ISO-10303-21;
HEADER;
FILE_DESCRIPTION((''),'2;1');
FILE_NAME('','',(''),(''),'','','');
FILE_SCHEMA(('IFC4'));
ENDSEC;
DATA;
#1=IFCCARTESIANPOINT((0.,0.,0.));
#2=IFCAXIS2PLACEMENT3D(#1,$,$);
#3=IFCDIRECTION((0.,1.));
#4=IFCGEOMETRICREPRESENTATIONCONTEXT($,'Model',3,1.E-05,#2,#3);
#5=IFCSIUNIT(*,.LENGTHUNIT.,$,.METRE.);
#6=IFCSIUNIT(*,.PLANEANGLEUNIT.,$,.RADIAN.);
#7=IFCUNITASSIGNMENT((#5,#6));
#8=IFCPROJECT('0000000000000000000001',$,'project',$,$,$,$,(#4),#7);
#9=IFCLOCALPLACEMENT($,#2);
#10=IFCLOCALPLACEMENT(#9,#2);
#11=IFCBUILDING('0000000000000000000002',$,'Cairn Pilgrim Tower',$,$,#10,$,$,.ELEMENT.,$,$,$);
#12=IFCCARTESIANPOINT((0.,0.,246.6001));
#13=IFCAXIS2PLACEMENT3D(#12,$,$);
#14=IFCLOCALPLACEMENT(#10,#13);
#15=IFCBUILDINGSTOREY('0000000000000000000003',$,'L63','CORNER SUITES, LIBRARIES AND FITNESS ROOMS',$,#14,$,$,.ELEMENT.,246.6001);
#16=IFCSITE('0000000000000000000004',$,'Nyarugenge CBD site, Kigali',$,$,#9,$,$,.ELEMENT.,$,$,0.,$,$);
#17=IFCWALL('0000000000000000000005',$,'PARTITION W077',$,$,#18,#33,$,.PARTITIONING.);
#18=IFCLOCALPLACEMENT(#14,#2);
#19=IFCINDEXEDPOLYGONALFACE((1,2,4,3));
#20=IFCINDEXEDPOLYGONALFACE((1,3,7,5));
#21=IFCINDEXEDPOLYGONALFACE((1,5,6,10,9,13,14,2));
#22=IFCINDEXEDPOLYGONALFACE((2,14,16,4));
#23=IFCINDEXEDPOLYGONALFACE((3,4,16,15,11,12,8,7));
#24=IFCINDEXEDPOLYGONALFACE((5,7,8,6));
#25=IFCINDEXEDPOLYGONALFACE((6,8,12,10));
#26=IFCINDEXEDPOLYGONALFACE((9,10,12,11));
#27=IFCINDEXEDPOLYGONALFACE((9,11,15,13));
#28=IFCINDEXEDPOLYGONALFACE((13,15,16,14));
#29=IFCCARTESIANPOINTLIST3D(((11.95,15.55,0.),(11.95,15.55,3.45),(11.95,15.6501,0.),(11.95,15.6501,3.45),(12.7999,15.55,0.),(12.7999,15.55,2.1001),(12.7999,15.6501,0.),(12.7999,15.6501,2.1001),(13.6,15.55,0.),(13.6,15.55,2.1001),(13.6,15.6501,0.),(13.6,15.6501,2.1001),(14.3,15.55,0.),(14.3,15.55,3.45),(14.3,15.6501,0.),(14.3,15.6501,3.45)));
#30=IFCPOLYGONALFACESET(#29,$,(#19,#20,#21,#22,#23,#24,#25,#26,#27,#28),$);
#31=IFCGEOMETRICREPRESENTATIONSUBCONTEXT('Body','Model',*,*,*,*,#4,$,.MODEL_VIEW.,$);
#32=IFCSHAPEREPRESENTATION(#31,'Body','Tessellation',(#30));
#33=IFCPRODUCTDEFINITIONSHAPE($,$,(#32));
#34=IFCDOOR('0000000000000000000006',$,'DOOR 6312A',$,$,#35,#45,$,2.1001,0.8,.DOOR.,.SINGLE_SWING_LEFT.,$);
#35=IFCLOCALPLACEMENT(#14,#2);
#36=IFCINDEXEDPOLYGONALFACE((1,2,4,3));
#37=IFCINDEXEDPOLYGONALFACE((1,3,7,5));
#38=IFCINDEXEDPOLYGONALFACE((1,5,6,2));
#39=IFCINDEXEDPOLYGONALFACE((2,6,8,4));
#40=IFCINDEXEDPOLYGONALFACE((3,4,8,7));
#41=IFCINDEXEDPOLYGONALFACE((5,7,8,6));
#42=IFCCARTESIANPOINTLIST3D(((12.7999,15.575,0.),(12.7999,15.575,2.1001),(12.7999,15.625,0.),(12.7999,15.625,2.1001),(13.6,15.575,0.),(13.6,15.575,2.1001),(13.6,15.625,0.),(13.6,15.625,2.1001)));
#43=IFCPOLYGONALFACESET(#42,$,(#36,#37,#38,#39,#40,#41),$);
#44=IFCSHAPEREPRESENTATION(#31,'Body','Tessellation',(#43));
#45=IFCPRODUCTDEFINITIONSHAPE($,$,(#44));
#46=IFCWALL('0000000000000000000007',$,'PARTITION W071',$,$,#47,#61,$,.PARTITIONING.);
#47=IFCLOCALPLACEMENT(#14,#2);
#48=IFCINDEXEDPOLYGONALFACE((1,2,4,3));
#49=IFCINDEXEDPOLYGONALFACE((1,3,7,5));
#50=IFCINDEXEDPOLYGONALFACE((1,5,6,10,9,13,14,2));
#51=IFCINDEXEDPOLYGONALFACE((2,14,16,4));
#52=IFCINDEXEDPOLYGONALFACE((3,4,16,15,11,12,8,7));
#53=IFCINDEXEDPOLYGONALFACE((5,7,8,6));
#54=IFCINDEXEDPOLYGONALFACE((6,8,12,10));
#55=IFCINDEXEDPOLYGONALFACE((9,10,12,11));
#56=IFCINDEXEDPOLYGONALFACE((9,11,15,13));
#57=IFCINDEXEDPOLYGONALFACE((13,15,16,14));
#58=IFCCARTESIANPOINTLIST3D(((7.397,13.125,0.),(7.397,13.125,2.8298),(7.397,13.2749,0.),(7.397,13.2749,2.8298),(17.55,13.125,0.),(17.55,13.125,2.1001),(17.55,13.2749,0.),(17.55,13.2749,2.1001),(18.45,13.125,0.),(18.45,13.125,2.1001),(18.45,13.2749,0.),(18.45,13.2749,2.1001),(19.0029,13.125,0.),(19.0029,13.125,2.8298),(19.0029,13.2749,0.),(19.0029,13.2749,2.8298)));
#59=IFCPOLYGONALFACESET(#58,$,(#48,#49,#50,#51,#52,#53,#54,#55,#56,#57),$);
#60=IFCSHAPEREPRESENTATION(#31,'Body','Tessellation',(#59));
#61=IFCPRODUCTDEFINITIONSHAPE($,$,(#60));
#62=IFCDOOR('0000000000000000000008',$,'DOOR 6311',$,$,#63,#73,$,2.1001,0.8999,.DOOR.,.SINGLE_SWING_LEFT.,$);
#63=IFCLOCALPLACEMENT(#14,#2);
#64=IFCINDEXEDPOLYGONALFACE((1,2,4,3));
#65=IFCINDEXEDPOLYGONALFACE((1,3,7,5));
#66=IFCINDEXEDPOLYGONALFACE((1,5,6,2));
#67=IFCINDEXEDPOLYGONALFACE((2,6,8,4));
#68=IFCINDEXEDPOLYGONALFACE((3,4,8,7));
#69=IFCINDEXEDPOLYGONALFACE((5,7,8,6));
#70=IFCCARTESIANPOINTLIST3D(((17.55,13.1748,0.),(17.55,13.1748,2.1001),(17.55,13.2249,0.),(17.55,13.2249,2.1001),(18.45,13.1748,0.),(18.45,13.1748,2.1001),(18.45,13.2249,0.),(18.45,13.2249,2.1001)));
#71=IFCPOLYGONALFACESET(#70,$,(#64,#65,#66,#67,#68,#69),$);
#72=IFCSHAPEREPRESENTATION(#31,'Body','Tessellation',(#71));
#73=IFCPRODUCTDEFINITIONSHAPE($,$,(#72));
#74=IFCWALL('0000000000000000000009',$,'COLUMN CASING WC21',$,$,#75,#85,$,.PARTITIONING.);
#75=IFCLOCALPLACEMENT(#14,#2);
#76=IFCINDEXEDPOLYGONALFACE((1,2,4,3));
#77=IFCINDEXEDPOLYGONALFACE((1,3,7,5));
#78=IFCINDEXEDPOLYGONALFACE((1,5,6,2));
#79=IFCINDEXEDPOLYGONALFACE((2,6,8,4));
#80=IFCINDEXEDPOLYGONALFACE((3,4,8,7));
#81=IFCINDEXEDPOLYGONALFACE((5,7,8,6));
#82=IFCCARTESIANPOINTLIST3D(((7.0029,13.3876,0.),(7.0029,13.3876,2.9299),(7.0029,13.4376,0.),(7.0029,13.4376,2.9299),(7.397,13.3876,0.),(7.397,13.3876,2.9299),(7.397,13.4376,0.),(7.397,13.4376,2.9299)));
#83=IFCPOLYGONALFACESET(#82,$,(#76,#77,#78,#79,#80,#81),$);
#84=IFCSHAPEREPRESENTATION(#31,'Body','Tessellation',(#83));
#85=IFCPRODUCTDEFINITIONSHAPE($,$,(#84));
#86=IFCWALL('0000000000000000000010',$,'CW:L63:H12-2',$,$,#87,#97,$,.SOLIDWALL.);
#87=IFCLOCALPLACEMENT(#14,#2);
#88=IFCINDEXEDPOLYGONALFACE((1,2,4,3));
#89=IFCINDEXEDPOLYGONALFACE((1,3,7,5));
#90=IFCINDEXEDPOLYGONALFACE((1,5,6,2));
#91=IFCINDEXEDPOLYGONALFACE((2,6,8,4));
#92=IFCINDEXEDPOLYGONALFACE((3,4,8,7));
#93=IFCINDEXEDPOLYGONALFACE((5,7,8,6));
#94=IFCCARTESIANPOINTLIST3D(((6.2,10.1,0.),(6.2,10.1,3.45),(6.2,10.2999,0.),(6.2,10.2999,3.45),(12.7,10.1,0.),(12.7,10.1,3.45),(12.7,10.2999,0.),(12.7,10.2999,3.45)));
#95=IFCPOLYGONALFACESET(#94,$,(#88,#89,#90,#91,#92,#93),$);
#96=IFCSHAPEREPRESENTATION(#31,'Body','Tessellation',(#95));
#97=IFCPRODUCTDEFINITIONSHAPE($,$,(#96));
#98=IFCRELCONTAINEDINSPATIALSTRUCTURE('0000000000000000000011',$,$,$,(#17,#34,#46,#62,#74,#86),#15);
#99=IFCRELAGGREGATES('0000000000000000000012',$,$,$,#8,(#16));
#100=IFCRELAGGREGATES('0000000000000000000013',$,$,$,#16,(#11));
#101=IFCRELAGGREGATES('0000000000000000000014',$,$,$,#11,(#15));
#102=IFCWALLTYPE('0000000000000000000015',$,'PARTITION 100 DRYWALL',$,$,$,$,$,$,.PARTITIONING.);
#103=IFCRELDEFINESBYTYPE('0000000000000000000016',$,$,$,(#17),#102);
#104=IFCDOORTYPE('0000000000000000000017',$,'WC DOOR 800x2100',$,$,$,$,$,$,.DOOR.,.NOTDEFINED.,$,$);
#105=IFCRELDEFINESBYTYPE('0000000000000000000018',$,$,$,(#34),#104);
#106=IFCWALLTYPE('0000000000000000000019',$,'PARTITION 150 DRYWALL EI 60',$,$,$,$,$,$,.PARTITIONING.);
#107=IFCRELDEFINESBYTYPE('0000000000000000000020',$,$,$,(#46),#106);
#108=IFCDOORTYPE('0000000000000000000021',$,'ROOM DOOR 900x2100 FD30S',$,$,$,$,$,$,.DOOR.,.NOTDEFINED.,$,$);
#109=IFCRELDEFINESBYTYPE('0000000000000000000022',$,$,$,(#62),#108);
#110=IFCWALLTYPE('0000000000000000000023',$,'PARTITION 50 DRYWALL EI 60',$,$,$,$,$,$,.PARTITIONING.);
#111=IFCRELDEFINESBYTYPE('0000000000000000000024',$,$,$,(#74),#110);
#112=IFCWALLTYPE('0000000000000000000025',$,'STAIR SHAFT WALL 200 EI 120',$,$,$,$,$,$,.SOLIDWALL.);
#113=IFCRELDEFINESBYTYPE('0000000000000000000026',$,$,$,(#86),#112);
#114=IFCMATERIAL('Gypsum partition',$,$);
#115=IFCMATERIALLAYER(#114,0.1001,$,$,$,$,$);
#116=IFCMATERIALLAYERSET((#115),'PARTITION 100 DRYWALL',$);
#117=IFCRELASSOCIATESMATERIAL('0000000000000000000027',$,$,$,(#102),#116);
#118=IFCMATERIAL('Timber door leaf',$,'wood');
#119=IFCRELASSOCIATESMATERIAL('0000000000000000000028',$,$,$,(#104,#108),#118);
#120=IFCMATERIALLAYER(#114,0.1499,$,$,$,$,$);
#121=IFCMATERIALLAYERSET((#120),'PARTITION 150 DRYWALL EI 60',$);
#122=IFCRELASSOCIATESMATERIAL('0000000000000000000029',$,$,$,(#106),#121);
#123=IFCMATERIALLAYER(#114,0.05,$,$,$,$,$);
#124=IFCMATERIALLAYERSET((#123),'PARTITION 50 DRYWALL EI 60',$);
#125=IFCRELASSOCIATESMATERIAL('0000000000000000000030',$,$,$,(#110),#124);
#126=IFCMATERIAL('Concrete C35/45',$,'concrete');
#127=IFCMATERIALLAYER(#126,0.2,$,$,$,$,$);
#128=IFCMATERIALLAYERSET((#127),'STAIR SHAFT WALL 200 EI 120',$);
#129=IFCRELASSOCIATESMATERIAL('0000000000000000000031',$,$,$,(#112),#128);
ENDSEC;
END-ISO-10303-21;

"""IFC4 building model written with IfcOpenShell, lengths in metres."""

from ifc_helpers import new_model, si_unit, direction, frame, frame_2d, origin, place, context, subcontext, project, spatial, rectangle, extrude, material, layer, layer_set, type_object, element, fill, save


model = new_model("IFC4")

# Units and contexts
model_context = context("Model", 3, precision=1e-05, world=origin(), true_north=direction((0.0, 1.0)))
body_context = subcontext(model_context, "Body", "Model", "MODEL_VIEW")
ifc_project = project(units=[si_unit("LENGTHUNIT", "METRE"), si_unit("PLANEANGLEUNIT", "RADIAN")], contexts=[model_context])

# Site, building, storey
site_placement = place(None, origin())
site = spatial("IfcSite", under=ifc_project, at=site_placement, Name="Nyarugenge CBD site, Kigali", CompositionType="ELEMENT", RefElevation=0.0)
building_placement = place(site_placement, origin())
building = spatial("IfcBuilding", under=site, at=building_placement, Name="Cairn Pilgrim Tower", CompositionType="ELEMENT")
storey_placement = place(building_placement, frame((0.0, 0.0, 246.6001)))
storey = spatial("IfcBuildingStorey", under=building, at=storey_placement, Name="L63", Description="CORNER SUITES, LIBRARIES AND FITNESS ROOMS", CompositionType="ELEMENT", Elevation=246.6001)

# Walls, openings, doors
ifc_material_1 = material(Name="Gypsum partition")
ifc_layer_1 = layer(ifc_material_1, 0.1001)
ifc_layer_set_1 = layer_set([ifc_layer_1], Name="PARTITION 100 DRYWALL")
wall_type_1 = type_object("IfcWallType", Name="PARTITION 100 DRYWALL", PredefinedType="PARTITIONING", material=ifc_layer_set_1)
wall_1_placement = place(storey_placement, frame((11.95, 15.6001, 0.0), z_axis=(0.0, 0.0, 1.0), x_axis=(1.0, 0.0, 0.0)))
wall_1 = element("IfcWall", 1, at=wall_1_placement, inside=storey, type_object=wall_type_1, Name="PARTITION W077", PredefinedType="PARTITIONING", context=body_context, shape_type="SweptSolid", body=[
    extrude(rectangle(XDim=2.3501, YDim=0.1001, at=frame_2d((1.175, 0.0))), origin(), (0.0, 0.0, 1.0), 3.45),
])
opening_1_placement = place(wall_1_placement, frame((0.8501, 0.0, 0.0)))
opening_1 = element("IfcOpeningElement", 2, at=opening_1_placement, cuts=wall_1, PredefinedType="OPENING", context=body_context, shape_type="SweptSolid", body=[
    extrude(rectangle(XDim=0.8, YDim=2.1001, at=frame_2d((0.3999, 1.05))), frame((0.0, 0.0601, 0.0), z_axis=(0.0, -1.0, 0.0), x_axis=(1.0, 0.0, 0.0)), (0.0, 0.0, 1.0), 0.1201),
])
ifc_material_2 = material(Name="Timber door leaf", Category="wood")
door_type_1 = type_object("IfcDoorType", Name="WC DOOR 800x2100", OperationType="NOTDEFINED", PredefinedType="DOOR", material=ifc_material_2)
door_1_placement = place(opening_1_placement, origin())
door_1 = element("IfcDoor", 3, at=door_1_placement, inside=storey, type_object=door_type_1, Name="DOOR 6312A", OperationType="SINGLE_SWING_LEFT", OverallHeight=2.1001, OverallWidth=0.8, PredefinedType="DOOR", context=body_context, shape_type="SweptSolid", body=[
    extrude(rectangle(XDim=0.8, YDim=2.1001, at=frame_2d((0.3999, 1.05))), frame((0.0, 0.0249, 0.0), z_axis=(0.0, -1.0, 0.0), x_axis=(1.0, 0.0, 0.0)), (0.0, 0.0, 1.0), 0.05),
])
fill(opening_1, door_1)
ifc_layer_2 = layer(ifc_material_1, 0.1499)
ifc_layer_set_2 = layer_set([ifc_layer_2], Name="PARTITION 150 DRYWALL EI 60")
wall_type_2 = type_object("IfcWallType", Name="PARTITION 150 DRYWALL EI 60", PredefinedType="PARTITIONING", material=ifc_layer_set_2)
wall_2_placement = place(storey_placement, frame((7.397, 13.2, 0.0), z_axis=(0.0, 0.0, 1.0), x_axis=(1.0, 0.0, 0.0)))
wall_2 = element("IfcWall", 4, at=wall_2_placement, inside=storey, type_object=wall_type_2, Name="PARTITION W071", PredefinedType="PARTITIONING", context=body_context, shape_type="SweptSolid", body=[
    extrude(rectangle(XDim=11.606, YDim=0.1499, at=frame_2d((5.803, 0.0))), origin(), (0.0, 0.0, 1.0), 2.8298),
])
opening_2_placement = place(wall_2_placement, frame((10.1531, 0.0, 0.0)))
opening_2 = element("IfcOpeningElement", 5, at=opening_2_placement, cuts=wall_2, PredefinedType="OPENING", context=body_context, shape_type="SweptSolid", body=[
    extrude(rectangle(XDim=0.8999, YDim=2.1001, at=frame_2d((0.45, 1.05))), frame((0.0, 0.085, 0.0), z_axis=(0.0, -1.0, 0.0), x_axis=(1.0, 0.0, 0.0)), (0.0, 0.0, 1.0), 0.1699),
])
door_type_2 = type_object("IfcDoorType", Name="ROOM DOOR 900x2100 FD30S", OperationType="NOTDEFINED", PredefinedType="DOOR", material=ifc_material_2)
door_2_placement = place(opening_2_placement, origin())
door_2 = element("IfcDoor", 6, at=door_2_placement, inside=storey, type_object=door_type_2, Name="DOOR 6311", OperationType="SINGLE_SWING_LEFT", OverallHeight=2.1001, OverallWidth=0.8999, PredefinedType="DOOR", context=body_context, shape_type="SweptSolid", body=[
    extrude(rectangle(XDim=0.8999, YDim=2.1001, at=frame_2d((0.45, 1.05))), frame((0.0, 0.0249, 0.0), z_axis=(0.0, -1.0, 0.0), x_axis=(1.0, 0.0, 0.0)), (0.0, 0.0, 1.0), 0.05),
])
fill(opening_2, door_2)

# Walls
ifc_layer_3 = layer(ifc_material_1, 0.05)
ifc_layer_set_3 = layer_set([ifc_layer_3], Name="PARTITION 50 DRYWALL EI 60")
wall_type_3 = type_object("IfcWallType", Name="PARTITION 50 DRYWALL EI 60", PredefinedType="PARTITIONING", material=ifc_layer_set_3)
wall_3_placement = place(storey_placement, frame((7.0029, 13.4126, 0.0), z_axis=(0.0, 0.0, 1.0), x_axis=(1.0, 0.0, 0.0)))
element("IfcWall", 7, at=wall_3_placement, inside=storey, type_object=wall_type_3, Name="COLUMN CASING WC21", PredefinedType="PARTITIONING", context=body_context, shape_type="SweptSolid", body=[
    extrude(rectangle(XDim=0.394, YDim=0.05, at=frame_2d((0.197, 0.0))), origin(), (0.0, 0.0, 1.0), 2.9299),
])
ifc_material_3 = material(Name="Concrete C35/45", Category="concrete")
ifc_layer_4 = layer(ifc_material_3, 0.2)
ifc_layer_set_4 = layer_set([ifc_layer_4], Name="STAIR SHAFT WALL 200 EI 120")
wall_type_4 = type_object("IfcWallType", Name="STAIR SHAFT WALL 200 EI 120", PredefinedType="SOLIDWALL", material=ifc_layer_set_4)
wall_4_placement = place(storey_placement, frame((6.2, 10.2, 0.0), z_axis=(0.0, 0.0, 1.0), x_axis=(1.0, 0.0, 0.0)))
element("IfcWall", 8, at=wall_4_placement, inside=storey, type_object=wall_type_4, Name="CW:L63:H12-2", PredefinedType="SOLIDWALL", context=body_context, shape_type="SweptSolid", body=[
    extrude(rectangle(XDim=6.5, YDim=0.2, at=frame_2d((3.25, 0.0))), origin(), (0.0, 0.0, 1.0), 3.45),
])

save(model, "model.ifc")
